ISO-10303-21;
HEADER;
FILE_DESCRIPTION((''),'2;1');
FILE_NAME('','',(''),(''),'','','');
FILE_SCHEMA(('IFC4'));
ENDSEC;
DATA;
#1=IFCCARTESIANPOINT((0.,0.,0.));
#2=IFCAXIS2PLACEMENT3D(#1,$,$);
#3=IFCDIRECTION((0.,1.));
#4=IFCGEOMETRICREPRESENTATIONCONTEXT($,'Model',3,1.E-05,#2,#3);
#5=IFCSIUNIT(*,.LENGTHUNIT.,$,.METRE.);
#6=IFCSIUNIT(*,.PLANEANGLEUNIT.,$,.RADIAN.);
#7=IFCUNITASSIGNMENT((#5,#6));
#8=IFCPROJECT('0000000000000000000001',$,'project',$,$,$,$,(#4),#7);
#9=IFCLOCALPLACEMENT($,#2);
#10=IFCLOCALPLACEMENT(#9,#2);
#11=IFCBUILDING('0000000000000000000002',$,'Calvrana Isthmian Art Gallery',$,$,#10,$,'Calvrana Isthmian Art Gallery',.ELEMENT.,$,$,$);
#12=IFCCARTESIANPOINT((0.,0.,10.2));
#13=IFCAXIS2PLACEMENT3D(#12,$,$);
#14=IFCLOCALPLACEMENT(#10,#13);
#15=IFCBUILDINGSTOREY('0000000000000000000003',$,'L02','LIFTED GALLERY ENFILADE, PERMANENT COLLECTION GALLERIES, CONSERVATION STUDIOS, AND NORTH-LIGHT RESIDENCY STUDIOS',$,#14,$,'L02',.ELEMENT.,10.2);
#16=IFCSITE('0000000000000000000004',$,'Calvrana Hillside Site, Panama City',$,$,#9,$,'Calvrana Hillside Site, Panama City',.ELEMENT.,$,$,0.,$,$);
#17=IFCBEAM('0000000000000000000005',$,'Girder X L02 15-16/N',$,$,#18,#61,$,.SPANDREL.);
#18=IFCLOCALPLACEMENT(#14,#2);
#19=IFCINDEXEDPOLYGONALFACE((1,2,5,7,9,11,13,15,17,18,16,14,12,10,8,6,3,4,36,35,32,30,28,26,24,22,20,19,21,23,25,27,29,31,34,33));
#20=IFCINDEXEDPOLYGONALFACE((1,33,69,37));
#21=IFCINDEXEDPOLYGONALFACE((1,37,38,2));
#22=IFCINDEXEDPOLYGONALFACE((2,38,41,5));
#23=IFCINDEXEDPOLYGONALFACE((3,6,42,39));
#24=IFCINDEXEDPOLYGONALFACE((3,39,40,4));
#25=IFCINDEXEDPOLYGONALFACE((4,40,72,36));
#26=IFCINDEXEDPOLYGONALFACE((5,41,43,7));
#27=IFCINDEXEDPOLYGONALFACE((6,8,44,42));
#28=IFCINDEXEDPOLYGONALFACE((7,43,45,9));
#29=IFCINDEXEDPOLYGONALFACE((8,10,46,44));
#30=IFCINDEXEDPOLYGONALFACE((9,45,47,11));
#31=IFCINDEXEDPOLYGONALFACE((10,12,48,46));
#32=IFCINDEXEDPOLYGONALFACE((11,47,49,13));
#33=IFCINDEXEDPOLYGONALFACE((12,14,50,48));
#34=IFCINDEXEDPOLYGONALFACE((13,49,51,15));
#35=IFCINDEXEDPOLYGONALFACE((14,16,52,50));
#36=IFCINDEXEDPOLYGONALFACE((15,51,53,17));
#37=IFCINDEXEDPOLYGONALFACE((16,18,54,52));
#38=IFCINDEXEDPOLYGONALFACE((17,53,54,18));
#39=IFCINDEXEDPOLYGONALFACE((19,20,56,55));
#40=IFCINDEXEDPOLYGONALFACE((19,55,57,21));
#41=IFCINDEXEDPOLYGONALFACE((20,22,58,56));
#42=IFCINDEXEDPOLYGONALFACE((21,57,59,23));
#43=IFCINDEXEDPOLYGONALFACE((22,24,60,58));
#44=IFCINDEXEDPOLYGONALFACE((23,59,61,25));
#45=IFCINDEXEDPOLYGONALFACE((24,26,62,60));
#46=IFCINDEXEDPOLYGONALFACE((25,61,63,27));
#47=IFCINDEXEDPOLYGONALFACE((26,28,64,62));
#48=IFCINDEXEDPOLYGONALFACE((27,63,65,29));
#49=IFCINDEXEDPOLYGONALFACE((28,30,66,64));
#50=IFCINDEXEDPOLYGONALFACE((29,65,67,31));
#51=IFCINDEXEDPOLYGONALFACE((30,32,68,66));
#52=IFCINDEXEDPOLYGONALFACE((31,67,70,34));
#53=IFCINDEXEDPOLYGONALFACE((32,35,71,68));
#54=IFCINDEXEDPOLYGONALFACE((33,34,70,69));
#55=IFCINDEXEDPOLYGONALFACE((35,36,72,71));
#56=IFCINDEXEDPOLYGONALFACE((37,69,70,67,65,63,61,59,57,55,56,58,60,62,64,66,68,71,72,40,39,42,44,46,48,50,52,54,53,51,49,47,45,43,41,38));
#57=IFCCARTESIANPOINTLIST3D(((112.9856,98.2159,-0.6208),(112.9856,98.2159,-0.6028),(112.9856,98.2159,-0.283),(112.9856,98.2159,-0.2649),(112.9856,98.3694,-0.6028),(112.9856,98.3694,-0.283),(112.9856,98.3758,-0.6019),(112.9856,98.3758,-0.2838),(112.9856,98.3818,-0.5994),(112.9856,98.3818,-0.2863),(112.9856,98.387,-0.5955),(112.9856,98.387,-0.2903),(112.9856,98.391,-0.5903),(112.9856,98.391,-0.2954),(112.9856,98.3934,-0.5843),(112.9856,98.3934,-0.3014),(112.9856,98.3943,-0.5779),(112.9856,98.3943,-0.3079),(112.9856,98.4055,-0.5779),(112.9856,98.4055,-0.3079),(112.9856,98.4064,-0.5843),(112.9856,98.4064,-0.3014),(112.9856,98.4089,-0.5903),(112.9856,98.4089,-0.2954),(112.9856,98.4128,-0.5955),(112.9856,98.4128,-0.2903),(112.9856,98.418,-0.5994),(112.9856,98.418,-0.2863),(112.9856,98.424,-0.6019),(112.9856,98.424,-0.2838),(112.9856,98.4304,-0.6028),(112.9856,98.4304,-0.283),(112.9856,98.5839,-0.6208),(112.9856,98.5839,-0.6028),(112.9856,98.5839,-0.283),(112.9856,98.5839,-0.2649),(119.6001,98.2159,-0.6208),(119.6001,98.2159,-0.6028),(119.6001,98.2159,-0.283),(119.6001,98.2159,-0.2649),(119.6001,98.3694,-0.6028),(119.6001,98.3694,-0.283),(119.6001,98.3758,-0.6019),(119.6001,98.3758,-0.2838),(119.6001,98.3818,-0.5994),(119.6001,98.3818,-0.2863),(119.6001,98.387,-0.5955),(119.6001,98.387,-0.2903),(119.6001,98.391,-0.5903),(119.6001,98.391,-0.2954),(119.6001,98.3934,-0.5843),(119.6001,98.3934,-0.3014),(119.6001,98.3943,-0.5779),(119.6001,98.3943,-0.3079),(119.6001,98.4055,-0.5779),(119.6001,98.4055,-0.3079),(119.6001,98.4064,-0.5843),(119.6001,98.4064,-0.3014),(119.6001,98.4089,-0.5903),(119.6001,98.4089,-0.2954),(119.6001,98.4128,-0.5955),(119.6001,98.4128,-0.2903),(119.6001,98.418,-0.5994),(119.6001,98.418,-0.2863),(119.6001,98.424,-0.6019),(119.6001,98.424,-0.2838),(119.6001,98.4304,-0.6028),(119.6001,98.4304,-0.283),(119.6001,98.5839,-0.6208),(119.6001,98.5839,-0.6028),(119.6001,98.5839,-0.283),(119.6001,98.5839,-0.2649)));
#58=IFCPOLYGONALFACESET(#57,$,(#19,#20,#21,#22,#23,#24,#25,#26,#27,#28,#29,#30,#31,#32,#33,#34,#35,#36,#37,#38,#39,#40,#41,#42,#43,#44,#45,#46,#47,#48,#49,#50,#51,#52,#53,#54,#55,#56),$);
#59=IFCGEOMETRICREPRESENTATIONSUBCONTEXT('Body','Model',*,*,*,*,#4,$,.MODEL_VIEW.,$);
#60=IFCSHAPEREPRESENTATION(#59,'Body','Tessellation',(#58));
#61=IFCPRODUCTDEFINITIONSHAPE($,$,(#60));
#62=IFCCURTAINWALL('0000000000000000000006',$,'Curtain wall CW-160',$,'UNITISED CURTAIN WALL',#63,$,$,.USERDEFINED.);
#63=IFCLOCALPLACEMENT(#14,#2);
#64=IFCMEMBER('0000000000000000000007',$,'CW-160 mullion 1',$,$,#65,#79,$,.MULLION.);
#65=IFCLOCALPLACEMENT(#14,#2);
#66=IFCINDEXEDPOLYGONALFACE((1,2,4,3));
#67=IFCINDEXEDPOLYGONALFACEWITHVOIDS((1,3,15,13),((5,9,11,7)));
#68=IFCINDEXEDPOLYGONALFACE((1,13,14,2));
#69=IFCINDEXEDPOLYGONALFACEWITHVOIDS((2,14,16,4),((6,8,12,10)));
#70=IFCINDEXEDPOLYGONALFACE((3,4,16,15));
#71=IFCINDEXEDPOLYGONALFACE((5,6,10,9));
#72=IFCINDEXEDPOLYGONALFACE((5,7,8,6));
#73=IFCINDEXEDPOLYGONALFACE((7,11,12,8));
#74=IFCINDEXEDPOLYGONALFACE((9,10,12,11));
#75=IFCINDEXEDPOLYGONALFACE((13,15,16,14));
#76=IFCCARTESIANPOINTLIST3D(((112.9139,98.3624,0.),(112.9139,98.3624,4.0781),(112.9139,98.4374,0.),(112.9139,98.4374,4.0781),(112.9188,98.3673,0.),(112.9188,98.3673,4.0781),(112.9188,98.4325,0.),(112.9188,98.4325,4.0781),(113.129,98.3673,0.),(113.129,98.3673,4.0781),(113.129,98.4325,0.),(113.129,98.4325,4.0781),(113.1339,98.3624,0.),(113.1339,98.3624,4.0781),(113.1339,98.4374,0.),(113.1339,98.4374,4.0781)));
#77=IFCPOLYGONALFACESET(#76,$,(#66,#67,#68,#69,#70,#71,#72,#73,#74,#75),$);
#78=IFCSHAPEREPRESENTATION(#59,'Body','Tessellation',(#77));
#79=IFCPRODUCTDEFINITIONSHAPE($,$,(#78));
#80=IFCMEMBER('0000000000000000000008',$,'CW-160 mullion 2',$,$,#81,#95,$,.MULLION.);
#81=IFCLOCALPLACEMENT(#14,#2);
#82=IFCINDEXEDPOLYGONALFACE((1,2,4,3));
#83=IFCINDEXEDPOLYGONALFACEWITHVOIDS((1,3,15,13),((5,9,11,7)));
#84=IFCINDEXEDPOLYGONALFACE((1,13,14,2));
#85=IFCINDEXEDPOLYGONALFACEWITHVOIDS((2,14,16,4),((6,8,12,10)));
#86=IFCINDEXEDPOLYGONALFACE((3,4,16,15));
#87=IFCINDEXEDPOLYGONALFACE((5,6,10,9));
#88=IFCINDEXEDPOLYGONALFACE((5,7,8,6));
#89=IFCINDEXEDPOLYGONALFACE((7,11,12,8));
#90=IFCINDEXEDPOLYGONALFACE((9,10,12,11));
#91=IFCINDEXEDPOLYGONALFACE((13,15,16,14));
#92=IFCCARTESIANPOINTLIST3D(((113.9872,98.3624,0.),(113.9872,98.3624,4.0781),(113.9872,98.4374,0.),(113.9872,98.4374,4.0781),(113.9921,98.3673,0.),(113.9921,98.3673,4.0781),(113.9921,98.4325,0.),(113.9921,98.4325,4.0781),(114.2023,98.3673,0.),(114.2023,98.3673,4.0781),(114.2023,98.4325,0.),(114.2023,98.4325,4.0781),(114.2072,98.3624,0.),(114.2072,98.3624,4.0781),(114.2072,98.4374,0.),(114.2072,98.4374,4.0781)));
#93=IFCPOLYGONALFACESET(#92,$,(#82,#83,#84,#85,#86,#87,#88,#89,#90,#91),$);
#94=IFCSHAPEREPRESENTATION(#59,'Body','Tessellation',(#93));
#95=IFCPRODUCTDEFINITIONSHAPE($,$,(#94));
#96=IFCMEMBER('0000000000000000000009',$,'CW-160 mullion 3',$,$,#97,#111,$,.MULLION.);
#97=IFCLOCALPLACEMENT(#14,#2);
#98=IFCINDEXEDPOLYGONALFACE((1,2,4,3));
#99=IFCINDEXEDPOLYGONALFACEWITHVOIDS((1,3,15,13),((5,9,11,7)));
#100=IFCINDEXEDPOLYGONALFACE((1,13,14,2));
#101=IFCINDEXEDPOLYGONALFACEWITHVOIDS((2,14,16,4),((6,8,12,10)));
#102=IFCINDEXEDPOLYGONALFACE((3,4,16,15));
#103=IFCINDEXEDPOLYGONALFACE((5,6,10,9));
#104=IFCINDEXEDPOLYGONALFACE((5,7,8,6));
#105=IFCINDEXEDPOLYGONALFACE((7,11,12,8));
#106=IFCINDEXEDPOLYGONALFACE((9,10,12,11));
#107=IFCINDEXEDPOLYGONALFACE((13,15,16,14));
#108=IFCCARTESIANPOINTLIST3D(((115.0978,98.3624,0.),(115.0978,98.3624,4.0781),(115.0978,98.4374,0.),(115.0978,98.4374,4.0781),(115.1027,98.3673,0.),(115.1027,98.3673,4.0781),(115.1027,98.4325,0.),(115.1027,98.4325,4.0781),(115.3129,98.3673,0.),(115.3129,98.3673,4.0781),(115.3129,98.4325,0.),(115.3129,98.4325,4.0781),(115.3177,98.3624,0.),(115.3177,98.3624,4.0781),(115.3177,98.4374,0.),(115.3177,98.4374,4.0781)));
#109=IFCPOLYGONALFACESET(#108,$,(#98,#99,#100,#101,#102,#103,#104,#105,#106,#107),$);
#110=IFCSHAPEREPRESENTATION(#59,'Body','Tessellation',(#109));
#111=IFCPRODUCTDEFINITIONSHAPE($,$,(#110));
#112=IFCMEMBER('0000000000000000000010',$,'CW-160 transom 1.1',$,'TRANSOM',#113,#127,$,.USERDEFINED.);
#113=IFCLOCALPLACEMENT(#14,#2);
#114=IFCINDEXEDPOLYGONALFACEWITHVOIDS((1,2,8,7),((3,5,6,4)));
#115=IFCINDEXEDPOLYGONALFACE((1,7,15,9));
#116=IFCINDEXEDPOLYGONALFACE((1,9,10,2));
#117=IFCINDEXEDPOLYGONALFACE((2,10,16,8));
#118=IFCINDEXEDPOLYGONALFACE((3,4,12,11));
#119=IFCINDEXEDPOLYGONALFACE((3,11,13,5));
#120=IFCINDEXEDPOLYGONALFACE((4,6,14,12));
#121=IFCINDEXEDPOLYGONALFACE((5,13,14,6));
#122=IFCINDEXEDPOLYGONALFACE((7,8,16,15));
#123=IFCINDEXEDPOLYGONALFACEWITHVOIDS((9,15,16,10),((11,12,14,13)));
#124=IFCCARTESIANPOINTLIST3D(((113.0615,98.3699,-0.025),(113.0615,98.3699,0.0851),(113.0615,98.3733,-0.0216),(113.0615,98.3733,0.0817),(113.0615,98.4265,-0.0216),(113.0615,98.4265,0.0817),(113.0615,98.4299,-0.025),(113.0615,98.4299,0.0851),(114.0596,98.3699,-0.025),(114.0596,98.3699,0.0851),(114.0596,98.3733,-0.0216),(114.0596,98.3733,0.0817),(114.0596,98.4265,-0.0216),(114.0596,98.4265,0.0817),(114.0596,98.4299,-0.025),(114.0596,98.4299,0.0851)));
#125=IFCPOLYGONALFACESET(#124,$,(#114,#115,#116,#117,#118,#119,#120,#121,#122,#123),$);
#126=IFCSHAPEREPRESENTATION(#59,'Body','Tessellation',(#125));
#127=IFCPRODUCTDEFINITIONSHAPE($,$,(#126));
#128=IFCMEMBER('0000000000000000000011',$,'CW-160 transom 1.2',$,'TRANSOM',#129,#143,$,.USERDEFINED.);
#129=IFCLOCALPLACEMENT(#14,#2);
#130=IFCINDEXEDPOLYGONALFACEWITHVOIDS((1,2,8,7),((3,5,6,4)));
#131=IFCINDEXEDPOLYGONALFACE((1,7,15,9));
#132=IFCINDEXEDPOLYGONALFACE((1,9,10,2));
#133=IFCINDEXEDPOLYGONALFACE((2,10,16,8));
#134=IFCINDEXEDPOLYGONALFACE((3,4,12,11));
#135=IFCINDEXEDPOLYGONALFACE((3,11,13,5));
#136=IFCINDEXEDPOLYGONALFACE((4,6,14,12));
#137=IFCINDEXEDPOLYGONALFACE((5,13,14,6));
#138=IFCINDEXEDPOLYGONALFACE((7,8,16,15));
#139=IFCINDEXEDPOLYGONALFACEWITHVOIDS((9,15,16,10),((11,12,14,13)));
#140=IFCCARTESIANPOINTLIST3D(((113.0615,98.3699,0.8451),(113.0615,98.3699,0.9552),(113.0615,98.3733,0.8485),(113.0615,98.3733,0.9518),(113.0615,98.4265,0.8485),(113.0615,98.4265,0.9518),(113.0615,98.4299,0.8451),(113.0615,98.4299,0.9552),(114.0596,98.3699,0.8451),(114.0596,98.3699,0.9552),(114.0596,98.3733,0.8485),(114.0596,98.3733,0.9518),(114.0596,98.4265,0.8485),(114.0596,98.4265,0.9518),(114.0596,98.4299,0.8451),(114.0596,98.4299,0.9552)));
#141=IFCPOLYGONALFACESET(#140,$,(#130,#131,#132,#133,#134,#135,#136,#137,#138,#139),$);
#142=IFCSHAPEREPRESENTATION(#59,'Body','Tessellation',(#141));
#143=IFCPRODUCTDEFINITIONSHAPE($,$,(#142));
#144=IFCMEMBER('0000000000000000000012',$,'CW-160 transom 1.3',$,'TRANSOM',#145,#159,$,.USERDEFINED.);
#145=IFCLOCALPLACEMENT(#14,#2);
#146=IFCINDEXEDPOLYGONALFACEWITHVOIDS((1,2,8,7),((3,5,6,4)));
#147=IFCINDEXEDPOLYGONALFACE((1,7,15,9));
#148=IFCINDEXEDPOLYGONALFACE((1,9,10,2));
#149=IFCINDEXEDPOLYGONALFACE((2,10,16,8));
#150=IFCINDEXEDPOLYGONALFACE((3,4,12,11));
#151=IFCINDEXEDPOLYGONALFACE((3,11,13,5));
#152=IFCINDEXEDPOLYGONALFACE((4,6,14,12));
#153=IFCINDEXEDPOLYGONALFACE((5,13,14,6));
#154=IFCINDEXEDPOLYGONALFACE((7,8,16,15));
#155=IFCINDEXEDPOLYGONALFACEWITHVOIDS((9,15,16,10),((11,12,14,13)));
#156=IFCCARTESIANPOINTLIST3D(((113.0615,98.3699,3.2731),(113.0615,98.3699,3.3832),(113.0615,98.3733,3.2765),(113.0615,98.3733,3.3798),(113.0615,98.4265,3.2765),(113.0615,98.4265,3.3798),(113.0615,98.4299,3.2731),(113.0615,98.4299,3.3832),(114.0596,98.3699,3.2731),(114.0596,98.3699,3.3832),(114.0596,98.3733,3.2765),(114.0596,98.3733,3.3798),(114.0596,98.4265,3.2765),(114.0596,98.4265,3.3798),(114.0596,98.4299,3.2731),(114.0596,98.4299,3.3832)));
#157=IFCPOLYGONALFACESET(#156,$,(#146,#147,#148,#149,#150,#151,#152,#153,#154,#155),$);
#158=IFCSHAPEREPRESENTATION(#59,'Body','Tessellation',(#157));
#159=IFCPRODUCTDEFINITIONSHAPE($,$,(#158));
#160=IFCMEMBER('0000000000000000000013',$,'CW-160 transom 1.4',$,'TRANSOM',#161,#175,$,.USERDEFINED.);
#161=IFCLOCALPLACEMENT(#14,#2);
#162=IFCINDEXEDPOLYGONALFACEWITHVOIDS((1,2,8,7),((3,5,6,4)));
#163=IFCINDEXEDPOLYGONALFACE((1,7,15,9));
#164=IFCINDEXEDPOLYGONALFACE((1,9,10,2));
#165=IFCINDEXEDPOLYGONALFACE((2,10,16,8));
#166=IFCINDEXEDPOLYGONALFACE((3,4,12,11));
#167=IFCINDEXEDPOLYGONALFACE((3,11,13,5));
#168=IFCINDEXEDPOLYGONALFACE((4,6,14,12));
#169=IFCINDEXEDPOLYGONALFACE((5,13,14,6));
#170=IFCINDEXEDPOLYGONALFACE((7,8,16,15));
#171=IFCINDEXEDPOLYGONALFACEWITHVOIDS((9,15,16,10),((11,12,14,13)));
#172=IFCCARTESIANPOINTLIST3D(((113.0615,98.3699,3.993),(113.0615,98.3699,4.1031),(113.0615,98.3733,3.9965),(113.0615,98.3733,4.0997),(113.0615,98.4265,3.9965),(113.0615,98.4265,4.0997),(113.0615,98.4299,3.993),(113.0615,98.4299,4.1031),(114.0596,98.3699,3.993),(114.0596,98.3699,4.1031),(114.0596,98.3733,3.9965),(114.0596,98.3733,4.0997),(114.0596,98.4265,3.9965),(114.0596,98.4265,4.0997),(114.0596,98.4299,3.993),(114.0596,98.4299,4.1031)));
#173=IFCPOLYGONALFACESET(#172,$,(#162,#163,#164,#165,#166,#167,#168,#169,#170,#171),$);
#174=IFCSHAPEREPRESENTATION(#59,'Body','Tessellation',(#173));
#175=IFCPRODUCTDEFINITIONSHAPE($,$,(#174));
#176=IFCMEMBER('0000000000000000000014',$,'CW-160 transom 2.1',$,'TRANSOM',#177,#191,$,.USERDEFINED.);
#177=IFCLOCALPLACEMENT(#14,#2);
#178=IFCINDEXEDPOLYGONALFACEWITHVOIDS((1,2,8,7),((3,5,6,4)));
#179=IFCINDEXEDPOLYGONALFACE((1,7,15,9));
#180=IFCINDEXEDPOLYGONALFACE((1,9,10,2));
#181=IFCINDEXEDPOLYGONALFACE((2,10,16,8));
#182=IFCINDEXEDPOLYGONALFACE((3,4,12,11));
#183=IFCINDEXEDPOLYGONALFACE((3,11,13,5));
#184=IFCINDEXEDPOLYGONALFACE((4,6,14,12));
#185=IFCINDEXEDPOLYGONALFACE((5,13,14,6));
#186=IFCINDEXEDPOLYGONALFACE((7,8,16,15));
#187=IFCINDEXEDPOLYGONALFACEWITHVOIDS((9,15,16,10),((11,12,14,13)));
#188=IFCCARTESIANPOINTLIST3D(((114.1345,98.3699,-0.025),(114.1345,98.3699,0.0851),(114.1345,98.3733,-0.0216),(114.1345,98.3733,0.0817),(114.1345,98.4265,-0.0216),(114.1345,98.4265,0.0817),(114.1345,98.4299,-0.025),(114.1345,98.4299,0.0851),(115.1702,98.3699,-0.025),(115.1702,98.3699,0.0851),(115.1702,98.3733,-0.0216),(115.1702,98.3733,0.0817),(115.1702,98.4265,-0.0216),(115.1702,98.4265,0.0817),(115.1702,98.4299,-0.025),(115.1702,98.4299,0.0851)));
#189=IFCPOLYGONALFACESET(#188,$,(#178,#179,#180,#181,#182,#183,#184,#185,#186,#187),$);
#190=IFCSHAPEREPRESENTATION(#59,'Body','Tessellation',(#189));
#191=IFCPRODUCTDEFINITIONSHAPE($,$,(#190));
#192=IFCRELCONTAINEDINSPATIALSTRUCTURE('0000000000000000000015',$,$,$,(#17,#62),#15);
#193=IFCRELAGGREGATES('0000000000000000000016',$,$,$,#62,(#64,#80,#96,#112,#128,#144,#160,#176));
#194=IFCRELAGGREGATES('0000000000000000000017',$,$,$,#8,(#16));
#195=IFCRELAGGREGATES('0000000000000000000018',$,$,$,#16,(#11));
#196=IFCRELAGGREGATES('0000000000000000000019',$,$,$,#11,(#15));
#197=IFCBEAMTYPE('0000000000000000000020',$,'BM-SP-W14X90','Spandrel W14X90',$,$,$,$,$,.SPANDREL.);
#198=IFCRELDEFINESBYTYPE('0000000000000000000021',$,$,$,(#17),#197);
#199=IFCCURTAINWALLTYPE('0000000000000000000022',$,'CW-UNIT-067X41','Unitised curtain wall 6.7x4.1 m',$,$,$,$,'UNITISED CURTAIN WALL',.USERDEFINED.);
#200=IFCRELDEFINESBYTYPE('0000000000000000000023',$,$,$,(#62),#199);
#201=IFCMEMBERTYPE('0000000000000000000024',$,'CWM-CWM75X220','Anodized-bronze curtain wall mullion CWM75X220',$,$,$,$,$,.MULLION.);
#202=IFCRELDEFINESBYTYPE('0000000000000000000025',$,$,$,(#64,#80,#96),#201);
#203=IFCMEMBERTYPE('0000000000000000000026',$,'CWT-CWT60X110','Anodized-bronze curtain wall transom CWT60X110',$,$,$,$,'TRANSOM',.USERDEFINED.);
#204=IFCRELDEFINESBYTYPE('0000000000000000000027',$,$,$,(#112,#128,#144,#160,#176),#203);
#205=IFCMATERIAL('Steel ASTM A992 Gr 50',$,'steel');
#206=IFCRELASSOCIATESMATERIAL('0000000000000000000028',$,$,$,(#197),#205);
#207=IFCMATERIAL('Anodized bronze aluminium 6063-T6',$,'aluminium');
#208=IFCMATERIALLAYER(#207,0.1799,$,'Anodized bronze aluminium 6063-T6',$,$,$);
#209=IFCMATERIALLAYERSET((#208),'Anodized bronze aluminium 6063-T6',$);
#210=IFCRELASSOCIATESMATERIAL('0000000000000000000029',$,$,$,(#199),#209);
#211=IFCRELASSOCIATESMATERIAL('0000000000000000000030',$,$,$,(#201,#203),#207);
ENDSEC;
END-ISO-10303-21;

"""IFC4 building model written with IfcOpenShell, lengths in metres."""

from ifc_helpers import new_model, si_unit, direction, frame, origin, origin_2d, place, context, subcontext, project, spatial, hollow_rectangle, i_section, extrude, material, layer, layer_set, material_profile, profile_set, type_object, element, aggregate, save


model = new_model("IFC4")

# Units and contexts
model_context = context("Model", 3, precision=1e-05, world=origin(), true_north=direction((0.0, 1.0)))
body_context = subcontext(model_context, "Body", "Model", "MODEL_VIEW")
ifc_project = project(units=[si_unit("LENGTHUNIT", "METRE"), si_unit("PLANEANGLEUNIT", "RADIAN")], contexts=[model_context])

# Site, building, storey
site_placement = place(None, origin())
site = spatial("IfcSite", under=ifc_project, at=site_placement, Name="Calvrana Hillside Site, Panama City", LongName="Calvrana Hillside Site, Panama City", CompositionType="ELEMENT", RefElevation=0.0)
building_placement = place(site_placement, origin())
building = spatial("IfcBuilding", under=site, at=building_placement, Name="Calvrana Isthmian Art Gallery", LongName="Calvrana Isthmian Art Gallery", CompositionType="ELEMENT")
storey_placement = place(building_placement, frame((0.0, 0.0, 10.2)))
storey = spatial("IfcBuildingStorey", under=building, at=storey_placement, Name="L02", Description="LIFTED GALLERY ENFILADE, PERMANENT COLLECTION GALLERIES, CONSERVATION STUDIOS, AND NORTH-LIGHT RESIDENCY STUDIOS", LongName="L02", CompositionType="ELEMENT", Elevation=10.2)

# Shared definitions
ifc_material_1 = material(Name="Steel ASTM A992 Gr 50", Category="steel")

# Beam
ifc_material_profile_1 = material_profile(ifc_material_1, i_section(OverallWidth=0.3679, OverallDepth=0.356, WebThickness=0.0112, FlangeThickness=0.0181, FilletRadius=0.0249, at=origin_2d()), Name="W14X90")
ifc_profile_set_1 = profile_set([ifc_material_profile_1], Name="Steel ASTM A992 Gr 50")
beam_type_1 = type_object("IfcBeamType", Name="BM-SP-W14X90", Description="Spandrel W14X90", PredefinedType="SPANDREL", material=ifc_profile_set_1)
beam_1_placement = place(storey_placement, frame((112.9856, 98.3999, -0.4429), z_axis=(1.0, 0.0, 0.0), x_axis=(0.0, 1.0, 0.0)))
element("IfcBeam", 1, at=beam_1_placement, inside=storey, type_object=beam_type_1, Name="Girder X L02 15-16/N", PredefinedType="SPANDREL", context=body_context, shape_type="SweptSolid", body=[
    extrude(i_section(OverallWidth=0.3679, OverallDepth=0.356, WebThickness=0.0112, FlangeThickness=0.0181, FilletRadius=0.0249, at=origin_2d()), origin(), (0.0, 0.0, 1.0), 6.6145),
])

# Curtain wall, members
ifc_material_2 = material(Name="Anodized bronze aluminium 6063-T6", Category="aluminium")
ifc_layer_1 = layer(ifc_material_2, 0.1799, Name="Anodized bronze aluminium 6063-T6")
ifc_layer_set_1 = layer_set([ifc_layer_1], Name="Anodized bronze aluminium 6063-T6")
curtain_wall_type = type_object("IfcCurtainWallType", Name="CW-UNIT-067X41", Description="Unitised curtain wall 6.7x4.1 m", ElementType="UNITISED CURTAIN WALL", PredefinedType="USERDEFINED", material=ifc_layer_set_1)
curtain_wall_placement = place(storey_placement, origin())
curtain_wall = element("IfcCurtainWall", 2, at=curtain_wall_placement, inside=storey, type_object=curtain_wall_type, Name="Curtain wall CW-160", ObjectType="UNITISED CURTAIN WALL", PredefinedType="USERDEFINED")
ifc_material_profile_2 = material_profile(ifc_material_2, hollow_rectangle(XDim=0.075, YDim=0.22, WallThickness=0.0049, at=origin_2d()), Name="CWM75X220")
ifc_profile_set_2 = profile_set([ifc_material_profile_2], Name="Anodized bronze aluminium 6063-T6")
member_type_1 = type_object("IfcMemberType", Name="CWM-CWM75X220", Description="Anodized-bronze curtain wall mullion CWM75X220", PredefinedType="MULLION", material=ifc_profile_set_2)
member_1_placement = place(storey_placement, frame((113.0239, 98.3999, 0.0), z_axis=(0.0, 0.0, 1.0), x_axis=(0.0, 1.0, 0.0)))
member_1 = element("IfcMember", 3, at=member_1_placement, type_object=member_type_1, Name="CW-160 mullion 1", PredefinedType="MULLION", context=body_context, shape_type="SweptSolid", body=[
    extrude(hollow_rectangle(XDim=0.075, YDim=0.22, WallThickness=0.0049, at=origin_2d()), origin(), (0.0, 0.0, 1.0), 4.0781),
])
member_2_placement = place(storey_placement, frame((114.0972, 98.3999, 0.0), z_axis=(0.0, 0.0, 1.0), x_axis=(0.0, 1.0, 0.0)))
member_2 = element("IfcMember", 4, at=member_2_placement, type_object=member_type_1, Name="CW-160 mullion 2", PredefinedType="MULLION", context=body_context, shape_type="SweptSolid", body=[
    extrude(hollow_rectangle(XDim=0.075, YDim=0.22, WallThickness=0.0049, at=origin_2d()), origin(), (0.0, 0.0, 1.0), 4.0781),
])
member_3_placement = place(storey_placement, frame((115.2078, 98.3999, 0.0), z_axis=(0.0, 0.0, 1.0), x_axis=(0.0, 1.0, 0.0)))
member_3 = element("IfcMember", 5, at=member_3_placement, type_object=member_type_1, Name="CW-160 mullion 3", PredefinedType="MULLION", context=body_context, shape_type="SweptSolid", body=[
    extrude(hollow_rectangle(XDim=0.075, YDim=0.22, WallThickness=0.0049, at=origin_2d()), origin(), (0.0, 0.0, 1.0), 4.0781),
])
ifc_material_profile_3 = material_profile(ifc_material_2, hollow_rectangle(XDim=0.0601, YDim=0.1101, WallThickness=0.0034, at=origin_2d()), Name="CWT60X110")
ifc_profile_set_3 = profile_set([ifc_material_profile_3], Name="Anodized bronze aluminium 6063-T6")
member_type_2 = type_object("IfcMemberType", Name="CWT-CWT60X110", Description="Anodized-bronze curtain wall transom CWT60X110", ElementType="TRANSOM", PredefinedType="USERDEFINED", material=ifc_profile_set_3)
member_4_placement = place(storey_placement, frame((113.0615, 98.3999, 0.03), z_axis=(1.0, 0.0, 0.0), x_axis=(0.0, 1.0, 0.0)))
member_4 = element("IfcMember", 6, at=member_4_placement, type_object=member_type_2, Name="CW-160 transom 1.1", ObjectType="TRANSOM", PredefinedType="USERDEFINED", context=body_context, shape_type="SweptSolid", body=[
    extrude(hollow_rectangle(XDim=0.0601, YDim=0.1101, WallThickness=0.0034, at=origin_2d()), origin(), (0.0, 0.0, 1.0), 0.998),
])
member_5_placement = place(storey_placement, frame((113.0615, 98.3999, 0.9001), z_axis=(1.0, 0.0, 0.0), x_axis=(0.0, 1.0, 0.0)))
member_5 = element("IfcMember", 7, at=member_5_placement, type_object=member_type_2, Name="CW-160 transom 1.2", ObjectType="TRANSOM", PredefinedType="USERDEFINED", context=body_context, shape_type="SweptSolid", body=[
    extrude(hollow_rectangle(XDim=0.0601, YDim=0.1101, WallThickness=0.0034, at=origin_2d()), origin(), (0.0, 0.0, 1.0), 0.998),
])
member_6_placement = place(storey_placement, frame((113.0615, 98.3999, 3.3281), z_axis=(1.0, 0.0, 0.0), x_axis=(0.0, 1.0, 0.0)))
member_6 = element("IfcMember", 8, at=member_6_placement, type_object=member_type_2, Name="CW-160 transom 1.3", ObjectType="TRANSOM", PredefinedType="USERDEFINED", context=body_context, shape_type="SweptSolid", body=[
    extrude(hollow_rectangle(XDim=0.0601, YDim=0.1101, WallThickness=0.0034, at=origin_2d()), origin(), (0.0, 0.0, 1.0), 0.998),
])
member_7_placement = place(storey_placement, frame((113.0615, 98.3999, 4.0481), z_axis=(1.0, 0.0, 0.0), x_axis=(0.0, 1.0, 0.0)))
member_7 = element("IfcMember", 9, at=member_7_placement, type_object=member_type_2, Name="CW-160 transom 1.4", ObjectType="TRANSOM", PredefinedType="USERDEFINED", context=body_context, shape_type="SweptSolid", body=[
    extrude(hollow_rectangle(XDim=0.0601, YDim=0.1101, WallThickness=0.0034, at=origin_2d()), origin(), (0.0, 0.0, 1.0), 0.998),
])
member_8_placement = place(storey_placement, frame((114.1345, 98.3999, 0.03), z_axis=(1.0, 0.0, 0.0), x_axis=(0.0, 1.0, 0.0)))
member_8 = element("IfcMember", 10, at=member_8_placement, type_object=member_type_2, Name="CW-160 transom 2.1", ObjectType="TRANSOM", PredefinedType="USERDEFINED", context=body_context, shape_type="SweptSolid", body=[
    extrude(hollow_rectangle(XDim=0.0601, YDim=0.1101, WallThickness=0.0034, at=origin_2d()), origin(), (0.0, 0.0, 1.0), 1.0356),
])
aggregate(curtain_wall, [member_1, member_2, member_3, member_4, member_5, member_6, member_7, member_8])

save(model, "model.ifc")
